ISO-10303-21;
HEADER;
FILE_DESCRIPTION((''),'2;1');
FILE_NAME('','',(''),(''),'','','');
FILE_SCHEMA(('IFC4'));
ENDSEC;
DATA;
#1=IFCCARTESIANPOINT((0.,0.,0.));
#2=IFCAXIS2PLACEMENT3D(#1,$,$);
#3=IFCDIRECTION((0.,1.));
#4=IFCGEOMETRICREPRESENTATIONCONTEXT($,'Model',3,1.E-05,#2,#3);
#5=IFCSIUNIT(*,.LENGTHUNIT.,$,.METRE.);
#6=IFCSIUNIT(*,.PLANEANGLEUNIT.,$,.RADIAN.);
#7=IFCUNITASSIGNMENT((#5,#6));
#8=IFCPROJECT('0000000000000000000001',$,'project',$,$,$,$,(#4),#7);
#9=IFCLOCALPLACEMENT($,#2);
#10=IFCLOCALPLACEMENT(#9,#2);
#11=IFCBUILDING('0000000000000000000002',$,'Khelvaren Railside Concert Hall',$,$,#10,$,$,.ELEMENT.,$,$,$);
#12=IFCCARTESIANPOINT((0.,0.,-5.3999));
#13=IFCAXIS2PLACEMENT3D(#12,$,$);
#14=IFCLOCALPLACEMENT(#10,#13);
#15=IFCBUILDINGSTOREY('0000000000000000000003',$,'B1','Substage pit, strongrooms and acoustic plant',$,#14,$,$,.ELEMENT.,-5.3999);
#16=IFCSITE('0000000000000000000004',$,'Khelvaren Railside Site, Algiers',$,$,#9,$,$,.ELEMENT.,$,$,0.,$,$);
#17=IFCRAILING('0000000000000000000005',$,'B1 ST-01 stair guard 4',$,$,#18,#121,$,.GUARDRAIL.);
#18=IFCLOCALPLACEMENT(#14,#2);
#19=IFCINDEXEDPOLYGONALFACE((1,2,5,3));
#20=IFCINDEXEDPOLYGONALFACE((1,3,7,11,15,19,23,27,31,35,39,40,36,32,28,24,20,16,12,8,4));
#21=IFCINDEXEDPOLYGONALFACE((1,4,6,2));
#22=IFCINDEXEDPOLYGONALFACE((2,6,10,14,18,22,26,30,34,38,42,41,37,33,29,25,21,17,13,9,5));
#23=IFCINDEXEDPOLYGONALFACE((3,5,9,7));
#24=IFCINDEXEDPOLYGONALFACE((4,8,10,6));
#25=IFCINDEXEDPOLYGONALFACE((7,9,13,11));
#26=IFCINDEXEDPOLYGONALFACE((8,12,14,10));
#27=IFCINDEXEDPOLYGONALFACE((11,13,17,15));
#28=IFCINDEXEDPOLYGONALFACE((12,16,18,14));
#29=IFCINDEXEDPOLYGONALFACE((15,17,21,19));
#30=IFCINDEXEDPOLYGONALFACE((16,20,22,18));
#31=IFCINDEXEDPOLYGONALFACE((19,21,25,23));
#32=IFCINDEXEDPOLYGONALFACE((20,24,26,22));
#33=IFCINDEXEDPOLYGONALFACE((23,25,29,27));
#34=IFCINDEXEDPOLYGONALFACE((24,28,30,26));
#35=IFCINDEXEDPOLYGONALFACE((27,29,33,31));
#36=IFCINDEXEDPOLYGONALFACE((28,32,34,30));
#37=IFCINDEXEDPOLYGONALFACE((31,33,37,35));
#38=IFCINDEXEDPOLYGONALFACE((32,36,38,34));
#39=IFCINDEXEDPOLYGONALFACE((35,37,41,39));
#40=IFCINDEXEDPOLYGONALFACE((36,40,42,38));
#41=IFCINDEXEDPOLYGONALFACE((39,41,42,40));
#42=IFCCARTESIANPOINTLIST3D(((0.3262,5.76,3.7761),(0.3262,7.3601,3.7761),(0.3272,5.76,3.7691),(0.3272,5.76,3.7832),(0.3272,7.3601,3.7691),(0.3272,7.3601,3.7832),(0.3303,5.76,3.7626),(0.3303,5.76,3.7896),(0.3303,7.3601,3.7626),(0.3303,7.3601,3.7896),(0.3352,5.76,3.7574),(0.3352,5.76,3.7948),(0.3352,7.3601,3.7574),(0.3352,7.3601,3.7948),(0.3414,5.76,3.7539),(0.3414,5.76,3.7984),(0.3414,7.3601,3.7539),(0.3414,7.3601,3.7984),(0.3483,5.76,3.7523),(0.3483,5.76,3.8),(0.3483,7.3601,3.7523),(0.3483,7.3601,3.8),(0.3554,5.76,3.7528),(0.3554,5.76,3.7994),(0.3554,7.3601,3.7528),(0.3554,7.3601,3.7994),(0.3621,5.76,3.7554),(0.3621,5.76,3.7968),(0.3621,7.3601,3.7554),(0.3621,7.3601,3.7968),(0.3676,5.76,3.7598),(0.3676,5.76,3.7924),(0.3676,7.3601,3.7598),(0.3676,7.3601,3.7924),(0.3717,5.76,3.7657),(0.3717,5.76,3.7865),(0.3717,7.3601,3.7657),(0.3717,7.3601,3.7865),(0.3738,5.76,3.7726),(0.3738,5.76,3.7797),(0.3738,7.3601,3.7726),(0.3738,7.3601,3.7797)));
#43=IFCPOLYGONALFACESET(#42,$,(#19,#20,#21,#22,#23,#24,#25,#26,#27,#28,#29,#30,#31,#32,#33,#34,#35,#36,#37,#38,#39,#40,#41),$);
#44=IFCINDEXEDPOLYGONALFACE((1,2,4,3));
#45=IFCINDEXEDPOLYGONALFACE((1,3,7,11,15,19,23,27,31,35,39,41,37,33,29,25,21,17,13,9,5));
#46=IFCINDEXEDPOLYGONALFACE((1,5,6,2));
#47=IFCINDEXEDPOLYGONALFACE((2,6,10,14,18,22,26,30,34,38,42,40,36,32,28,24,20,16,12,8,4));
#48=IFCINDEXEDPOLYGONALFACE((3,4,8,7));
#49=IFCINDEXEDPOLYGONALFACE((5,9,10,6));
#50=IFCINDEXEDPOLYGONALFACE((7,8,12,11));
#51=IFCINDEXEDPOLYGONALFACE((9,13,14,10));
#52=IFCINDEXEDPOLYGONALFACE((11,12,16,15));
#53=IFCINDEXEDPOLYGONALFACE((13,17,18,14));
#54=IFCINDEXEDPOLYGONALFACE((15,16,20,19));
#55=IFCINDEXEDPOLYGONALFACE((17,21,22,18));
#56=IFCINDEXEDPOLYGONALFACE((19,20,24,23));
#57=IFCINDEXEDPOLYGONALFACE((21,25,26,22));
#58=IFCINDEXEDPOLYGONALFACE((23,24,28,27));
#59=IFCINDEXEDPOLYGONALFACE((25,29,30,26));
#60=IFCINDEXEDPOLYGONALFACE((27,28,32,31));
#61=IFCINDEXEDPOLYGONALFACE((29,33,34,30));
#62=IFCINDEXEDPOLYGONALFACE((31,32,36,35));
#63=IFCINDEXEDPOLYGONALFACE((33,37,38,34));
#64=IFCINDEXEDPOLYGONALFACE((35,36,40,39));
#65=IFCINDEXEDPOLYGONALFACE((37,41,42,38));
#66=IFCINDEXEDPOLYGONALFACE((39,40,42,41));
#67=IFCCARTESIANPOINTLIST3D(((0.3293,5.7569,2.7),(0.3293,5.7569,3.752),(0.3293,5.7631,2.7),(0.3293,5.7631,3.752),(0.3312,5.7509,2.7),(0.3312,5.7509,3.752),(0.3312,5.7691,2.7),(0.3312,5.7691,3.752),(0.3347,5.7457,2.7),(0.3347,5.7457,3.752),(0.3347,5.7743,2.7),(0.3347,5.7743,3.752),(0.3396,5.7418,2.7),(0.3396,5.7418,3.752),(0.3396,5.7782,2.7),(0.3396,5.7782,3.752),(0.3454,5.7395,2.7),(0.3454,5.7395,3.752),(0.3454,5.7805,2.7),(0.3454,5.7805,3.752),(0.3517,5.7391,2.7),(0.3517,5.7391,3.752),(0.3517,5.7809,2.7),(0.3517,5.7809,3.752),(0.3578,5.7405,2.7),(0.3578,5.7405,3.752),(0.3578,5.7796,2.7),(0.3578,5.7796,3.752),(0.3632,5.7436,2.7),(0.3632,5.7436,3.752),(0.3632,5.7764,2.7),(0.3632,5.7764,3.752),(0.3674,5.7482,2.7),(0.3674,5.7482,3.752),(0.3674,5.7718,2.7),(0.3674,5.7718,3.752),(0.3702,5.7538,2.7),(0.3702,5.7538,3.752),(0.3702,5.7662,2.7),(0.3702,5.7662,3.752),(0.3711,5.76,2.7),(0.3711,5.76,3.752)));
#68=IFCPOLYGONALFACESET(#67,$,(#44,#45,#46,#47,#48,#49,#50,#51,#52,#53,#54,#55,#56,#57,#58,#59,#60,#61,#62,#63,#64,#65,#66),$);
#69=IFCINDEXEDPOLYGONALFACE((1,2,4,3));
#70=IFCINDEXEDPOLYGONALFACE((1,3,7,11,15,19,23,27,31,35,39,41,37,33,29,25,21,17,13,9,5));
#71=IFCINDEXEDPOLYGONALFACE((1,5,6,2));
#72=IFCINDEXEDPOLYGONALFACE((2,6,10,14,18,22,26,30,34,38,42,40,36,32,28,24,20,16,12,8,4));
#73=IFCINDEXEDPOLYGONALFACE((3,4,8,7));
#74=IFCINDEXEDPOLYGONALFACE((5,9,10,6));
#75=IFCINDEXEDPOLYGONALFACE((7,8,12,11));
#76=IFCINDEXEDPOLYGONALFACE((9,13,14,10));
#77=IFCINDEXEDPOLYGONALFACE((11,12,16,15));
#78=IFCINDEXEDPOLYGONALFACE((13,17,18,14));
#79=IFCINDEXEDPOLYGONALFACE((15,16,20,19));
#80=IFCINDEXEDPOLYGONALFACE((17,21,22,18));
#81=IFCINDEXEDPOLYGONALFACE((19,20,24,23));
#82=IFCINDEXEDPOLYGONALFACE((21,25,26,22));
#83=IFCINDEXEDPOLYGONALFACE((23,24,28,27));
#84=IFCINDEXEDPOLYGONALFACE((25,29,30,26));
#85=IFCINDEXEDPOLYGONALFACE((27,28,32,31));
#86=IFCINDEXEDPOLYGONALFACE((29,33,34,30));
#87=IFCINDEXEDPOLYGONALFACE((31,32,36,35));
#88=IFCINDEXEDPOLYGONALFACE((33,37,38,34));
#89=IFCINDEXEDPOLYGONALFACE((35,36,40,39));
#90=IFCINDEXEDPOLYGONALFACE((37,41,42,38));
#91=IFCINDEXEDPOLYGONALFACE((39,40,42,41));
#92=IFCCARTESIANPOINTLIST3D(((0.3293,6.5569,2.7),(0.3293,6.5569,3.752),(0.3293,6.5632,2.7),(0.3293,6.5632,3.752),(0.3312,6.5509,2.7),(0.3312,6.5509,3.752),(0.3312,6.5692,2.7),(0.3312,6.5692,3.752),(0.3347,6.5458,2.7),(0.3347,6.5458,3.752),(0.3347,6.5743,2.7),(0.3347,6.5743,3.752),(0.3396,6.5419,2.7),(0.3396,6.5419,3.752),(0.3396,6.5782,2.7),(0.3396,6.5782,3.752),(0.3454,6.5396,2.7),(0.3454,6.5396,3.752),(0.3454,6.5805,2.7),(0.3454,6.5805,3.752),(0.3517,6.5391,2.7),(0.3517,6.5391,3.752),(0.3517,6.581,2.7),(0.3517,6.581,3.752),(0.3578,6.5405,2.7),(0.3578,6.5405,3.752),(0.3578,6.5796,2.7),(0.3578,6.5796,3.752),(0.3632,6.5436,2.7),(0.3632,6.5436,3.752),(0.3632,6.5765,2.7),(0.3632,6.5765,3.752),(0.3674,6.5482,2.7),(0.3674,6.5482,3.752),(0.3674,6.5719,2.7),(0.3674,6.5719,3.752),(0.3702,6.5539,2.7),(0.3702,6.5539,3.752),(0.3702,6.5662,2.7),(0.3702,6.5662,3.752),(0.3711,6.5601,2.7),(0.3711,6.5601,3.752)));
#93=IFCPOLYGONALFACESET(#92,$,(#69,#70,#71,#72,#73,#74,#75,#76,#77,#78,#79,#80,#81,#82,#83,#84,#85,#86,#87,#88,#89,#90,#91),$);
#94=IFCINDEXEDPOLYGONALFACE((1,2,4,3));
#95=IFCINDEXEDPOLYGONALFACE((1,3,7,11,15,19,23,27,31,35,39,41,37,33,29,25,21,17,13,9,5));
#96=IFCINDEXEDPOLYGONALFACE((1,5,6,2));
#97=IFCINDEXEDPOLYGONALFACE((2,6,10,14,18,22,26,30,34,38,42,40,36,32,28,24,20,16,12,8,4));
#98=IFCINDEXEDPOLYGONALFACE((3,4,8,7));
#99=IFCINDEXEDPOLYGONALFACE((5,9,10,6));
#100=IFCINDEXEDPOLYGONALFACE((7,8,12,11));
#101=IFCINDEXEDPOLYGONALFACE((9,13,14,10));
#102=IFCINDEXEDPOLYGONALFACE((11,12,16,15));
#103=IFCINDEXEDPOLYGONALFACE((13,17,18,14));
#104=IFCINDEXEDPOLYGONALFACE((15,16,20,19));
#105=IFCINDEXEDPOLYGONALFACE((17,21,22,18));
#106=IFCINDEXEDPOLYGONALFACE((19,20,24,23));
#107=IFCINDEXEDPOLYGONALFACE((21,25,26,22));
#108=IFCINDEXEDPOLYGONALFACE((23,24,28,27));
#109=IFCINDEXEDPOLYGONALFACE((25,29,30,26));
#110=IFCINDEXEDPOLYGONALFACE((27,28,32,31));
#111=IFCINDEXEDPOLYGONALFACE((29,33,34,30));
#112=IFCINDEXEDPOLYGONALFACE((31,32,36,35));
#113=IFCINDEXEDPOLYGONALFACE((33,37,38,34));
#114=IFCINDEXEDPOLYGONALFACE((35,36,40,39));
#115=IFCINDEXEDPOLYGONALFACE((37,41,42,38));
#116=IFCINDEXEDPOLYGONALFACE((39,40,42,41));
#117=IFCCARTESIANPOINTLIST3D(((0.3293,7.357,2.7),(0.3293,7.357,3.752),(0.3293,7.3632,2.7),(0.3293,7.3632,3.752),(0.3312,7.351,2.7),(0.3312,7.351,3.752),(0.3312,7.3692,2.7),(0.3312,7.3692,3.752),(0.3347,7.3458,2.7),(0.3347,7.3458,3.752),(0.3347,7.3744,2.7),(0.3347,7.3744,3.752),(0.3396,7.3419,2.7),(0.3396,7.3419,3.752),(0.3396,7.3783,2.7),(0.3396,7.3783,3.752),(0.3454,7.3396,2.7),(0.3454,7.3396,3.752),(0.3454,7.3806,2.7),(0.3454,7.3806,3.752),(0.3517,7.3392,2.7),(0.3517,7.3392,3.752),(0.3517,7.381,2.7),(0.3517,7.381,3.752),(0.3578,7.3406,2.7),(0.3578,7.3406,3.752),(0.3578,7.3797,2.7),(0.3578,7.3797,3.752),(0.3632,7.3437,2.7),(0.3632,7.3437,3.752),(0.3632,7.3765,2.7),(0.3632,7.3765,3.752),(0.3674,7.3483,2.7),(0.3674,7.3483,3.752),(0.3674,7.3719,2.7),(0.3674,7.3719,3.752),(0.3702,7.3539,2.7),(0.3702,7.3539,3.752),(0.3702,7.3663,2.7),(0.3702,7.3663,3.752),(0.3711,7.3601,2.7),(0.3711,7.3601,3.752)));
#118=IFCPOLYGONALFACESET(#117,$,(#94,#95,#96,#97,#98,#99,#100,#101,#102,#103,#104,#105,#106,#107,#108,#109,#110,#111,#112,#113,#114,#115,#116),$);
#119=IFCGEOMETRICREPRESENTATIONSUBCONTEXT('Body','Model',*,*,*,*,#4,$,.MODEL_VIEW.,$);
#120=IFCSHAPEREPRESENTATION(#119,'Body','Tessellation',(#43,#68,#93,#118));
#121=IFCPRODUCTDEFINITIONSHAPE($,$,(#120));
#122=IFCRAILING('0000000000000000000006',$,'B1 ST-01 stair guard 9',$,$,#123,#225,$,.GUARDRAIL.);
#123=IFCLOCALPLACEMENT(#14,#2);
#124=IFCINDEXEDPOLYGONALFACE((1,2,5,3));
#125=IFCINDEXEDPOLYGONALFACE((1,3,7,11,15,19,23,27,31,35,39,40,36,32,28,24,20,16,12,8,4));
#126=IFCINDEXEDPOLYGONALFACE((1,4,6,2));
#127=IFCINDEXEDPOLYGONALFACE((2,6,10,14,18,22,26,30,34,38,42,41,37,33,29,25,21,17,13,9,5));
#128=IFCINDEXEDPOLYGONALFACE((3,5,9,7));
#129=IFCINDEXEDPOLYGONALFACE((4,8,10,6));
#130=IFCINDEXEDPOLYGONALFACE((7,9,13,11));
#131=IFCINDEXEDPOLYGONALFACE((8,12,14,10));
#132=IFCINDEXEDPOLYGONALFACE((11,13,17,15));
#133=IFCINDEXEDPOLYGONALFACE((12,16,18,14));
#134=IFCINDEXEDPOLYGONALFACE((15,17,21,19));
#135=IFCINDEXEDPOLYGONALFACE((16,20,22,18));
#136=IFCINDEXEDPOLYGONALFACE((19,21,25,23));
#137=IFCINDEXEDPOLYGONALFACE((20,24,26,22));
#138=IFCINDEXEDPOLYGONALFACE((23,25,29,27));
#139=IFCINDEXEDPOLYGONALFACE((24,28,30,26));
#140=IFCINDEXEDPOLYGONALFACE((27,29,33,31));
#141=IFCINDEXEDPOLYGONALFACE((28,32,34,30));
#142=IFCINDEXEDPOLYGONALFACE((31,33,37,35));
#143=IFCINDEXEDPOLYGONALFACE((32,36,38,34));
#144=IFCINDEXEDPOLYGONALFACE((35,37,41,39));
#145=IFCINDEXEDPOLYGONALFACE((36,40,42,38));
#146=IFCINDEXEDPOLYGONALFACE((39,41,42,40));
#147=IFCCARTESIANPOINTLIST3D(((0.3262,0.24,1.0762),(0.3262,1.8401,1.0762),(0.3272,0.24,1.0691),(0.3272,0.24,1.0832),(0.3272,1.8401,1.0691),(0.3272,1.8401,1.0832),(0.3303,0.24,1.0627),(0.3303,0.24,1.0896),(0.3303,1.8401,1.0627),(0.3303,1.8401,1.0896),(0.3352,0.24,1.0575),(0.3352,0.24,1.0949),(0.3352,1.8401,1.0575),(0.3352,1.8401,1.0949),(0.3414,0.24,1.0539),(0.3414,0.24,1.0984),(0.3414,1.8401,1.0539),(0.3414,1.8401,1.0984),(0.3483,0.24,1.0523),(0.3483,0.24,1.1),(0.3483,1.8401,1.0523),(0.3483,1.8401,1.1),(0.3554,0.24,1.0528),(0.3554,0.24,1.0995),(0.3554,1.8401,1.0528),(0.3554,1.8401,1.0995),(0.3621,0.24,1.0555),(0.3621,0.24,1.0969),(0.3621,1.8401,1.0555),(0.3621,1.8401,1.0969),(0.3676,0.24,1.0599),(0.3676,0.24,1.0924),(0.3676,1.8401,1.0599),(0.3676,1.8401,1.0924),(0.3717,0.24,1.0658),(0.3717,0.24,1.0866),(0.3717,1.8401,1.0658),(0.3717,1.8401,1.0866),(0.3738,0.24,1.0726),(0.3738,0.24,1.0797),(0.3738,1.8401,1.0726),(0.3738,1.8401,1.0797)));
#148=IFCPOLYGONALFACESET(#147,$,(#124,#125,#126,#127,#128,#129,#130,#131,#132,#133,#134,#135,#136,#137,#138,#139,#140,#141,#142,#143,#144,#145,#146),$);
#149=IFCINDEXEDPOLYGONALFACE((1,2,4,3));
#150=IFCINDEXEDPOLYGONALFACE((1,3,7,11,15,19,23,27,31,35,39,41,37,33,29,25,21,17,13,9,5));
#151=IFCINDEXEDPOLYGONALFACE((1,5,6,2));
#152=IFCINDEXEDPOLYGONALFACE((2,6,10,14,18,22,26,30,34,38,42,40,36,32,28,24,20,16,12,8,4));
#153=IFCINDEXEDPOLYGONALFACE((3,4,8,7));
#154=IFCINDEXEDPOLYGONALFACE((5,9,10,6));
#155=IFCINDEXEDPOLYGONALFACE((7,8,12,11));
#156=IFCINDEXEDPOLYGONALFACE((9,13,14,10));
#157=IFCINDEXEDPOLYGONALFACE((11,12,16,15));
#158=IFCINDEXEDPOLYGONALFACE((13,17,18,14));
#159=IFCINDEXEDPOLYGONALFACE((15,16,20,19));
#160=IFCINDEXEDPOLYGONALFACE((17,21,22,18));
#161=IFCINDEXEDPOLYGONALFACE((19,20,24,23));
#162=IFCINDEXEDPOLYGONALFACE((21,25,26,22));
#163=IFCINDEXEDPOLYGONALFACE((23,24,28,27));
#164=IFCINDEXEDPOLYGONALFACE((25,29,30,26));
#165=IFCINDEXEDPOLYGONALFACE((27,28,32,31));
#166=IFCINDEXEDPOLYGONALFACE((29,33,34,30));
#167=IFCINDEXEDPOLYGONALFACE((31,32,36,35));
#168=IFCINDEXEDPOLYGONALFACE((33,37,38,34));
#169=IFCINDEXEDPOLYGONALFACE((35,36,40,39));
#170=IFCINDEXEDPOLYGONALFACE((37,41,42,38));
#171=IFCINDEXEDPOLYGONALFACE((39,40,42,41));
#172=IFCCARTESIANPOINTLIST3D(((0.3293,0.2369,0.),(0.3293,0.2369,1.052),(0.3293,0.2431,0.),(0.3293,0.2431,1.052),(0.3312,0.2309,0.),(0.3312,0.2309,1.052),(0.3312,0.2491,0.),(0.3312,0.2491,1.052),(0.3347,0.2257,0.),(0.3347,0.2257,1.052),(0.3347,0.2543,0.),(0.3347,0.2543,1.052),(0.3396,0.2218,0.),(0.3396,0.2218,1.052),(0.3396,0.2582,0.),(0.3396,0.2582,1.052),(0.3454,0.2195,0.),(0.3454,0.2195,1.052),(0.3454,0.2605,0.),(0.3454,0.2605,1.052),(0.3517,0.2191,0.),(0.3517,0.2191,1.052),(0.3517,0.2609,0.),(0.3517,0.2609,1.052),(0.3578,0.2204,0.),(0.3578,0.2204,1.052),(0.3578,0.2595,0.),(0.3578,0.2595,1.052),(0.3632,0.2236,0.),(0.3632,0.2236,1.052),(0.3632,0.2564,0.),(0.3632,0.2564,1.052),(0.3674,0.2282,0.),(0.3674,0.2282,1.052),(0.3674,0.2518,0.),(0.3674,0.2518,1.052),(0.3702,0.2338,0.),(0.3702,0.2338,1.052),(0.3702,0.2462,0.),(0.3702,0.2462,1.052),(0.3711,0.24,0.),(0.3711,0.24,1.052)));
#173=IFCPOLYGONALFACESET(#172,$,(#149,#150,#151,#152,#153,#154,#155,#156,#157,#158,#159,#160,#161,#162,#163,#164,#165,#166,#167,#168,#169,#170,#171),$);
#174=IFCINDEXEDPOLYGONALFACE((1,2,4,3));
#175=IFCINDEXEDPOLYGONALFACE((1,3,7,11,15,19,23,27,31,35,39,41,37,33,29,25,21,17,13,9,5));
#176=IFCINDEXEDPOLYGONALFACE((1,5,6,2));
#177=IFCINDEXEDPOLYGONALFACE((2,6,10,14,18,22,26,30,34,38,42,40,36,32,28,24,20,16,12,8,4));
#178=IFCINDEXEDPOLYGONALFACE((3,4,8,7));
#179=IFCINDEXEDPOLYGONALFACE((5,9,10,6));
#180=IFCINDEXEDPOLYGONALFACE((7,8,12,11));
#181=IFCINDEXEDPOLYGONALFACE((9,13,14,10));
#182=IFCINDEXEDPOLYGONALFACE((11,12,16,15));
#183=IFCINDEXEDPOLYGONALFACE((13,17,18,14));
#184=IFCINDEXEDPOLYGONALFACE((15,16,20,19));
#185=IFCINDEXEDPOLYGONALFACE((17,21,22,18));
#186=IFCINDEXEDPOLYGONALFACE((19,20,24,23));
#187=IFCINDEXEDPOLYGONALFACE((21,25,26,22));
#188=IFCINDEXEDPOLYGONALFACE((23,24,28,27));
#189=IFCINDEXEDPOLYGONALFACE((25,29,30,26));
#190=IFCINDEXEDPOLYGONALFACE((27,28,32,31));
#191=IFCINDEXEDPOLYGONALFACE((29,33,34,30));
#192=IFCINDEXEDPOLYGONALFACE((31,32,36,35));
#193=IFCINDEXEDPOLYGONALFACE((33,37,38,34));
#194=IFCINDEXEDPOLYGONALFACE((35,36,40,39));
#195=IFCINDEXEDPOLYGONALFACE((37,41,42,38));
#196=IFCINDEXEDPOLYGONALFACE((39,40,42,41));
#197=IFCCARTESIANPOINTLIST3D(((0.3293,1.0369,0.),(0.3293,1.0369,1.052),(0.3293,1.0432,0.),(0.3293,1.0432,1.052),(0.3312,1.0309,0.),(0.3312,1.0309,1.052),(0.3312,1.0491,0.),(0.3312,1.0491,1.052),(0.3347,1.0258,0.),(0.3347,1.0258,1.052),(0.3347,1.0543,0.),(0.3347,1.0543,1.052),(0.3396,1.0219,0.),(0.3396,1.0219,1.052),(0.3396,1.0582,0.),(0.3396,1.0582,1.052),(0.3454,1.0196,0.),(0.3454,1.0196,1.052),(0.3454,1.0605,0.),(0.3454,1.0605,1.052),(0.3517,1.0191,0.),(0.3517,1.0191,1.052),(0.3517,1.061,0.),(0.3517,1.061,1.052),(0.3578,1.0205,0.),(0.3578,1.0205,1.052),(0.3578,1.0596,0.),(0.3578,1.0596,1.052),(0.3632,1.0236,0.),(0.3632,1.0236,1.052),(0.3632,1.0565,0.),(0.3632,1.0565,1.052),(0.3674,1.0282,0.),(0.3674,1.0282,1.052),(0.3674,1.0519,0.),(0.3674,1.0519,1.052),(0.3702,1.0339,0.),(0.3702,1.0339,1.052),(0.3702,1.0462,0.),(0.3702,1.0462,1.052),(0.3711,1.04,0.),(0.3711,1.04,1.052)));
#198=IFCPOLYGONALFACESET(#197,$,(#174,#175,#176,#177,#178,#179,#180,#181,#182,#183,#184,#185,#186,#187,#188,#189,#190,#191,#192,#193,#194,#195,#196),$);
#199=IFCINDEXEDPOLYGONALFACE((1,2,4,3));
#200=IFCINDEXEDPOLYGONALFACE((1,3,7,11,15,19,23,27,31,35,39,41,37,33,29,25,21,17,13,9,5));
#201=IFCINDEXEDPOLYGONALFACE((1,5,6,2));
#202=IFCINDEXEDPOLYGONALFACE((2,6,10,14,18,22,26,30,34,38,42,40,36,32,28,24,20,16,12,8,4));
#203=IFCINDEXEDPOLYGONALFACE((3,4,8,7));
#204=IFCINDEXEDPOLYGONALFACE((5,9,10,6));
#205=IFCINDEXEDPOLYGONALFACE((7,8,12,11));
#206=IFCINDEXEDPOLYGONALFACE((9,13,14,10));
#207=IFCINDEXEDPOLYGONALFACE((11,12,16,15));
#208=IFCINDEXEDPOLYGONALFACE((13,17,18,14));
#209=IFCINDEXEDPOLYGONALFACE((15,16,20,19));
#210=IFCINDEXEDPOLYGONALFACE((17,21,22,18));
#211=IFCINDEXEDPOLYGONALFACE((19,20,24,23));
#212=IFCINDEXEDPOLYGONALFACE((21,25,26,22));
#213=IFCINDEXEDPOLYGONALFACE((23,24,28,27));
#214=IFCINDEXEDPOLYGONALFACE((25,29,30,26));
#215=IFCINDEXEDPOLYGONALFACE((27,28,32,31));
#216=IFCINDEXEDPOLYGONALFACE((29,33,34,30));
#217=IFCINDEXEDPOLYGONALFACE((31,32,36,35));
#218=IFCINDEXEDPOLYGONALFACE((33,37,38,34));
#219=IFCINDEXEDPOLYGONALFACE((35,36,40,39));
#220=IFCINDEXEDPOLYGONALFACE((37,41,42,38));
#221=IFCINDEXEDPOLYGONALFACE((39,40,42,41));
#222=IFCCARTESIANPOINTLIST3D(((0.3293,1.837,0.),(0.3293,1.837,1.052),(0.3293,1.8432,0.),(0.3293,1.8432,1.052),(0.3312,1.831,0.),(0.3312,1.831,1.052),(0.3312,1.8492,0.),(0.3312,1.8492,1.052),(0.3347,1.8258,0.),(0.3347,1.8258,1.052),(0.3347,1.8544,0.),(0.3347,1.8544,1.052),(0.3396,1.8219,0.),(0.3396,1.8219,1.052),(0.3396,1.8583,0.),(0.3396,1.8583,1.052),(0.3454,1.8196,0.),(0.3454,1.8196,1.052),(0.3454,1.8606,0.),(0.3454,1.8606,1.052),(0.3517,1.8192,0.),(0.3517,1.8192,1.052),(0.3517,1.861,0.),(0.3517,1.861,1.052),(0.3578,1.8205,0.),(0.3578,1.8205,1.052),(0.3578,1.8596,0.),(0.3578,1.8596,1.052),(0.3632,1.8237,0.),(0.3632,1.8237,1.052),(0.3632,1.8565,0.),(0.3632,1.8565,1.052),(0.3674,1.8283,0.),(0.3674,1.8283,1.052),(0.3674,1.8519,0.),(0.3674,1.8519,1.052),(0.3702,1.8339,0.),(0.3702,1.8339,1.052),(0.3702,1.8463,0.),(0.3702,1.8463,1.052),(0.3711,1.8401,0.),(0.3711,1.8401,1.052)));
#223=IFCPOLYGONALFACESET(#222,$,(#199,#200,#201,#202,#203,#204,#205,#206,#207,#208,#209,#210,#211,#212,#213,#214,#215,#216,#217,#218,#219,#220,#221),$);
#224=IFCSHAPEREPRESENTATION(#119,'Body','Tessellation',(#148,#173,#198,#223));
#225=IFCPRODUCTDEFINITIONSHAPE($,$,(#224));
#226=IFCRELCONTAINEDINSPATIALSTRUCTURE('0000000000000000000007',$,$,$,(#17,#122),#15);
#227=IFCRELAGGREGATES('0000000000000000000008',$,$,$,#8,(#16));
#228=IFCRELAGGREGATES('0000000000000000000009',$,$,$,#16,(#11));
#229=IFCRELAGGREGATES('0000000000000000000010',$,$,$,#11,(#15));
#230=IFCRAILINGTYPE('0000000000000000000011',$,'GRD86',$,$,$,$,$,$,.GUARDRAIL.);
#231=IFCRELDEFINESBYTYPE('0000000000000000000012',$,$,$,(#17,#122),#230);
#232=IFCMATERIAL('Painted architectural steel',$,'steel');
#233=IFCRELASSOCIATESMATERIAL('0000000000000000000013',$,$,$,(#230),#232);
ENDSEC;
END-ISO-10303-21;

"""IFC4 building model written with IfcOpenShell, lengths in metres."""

from ifc_helpers import new_model, si_unit, direction, frame, origin, origin_2d, place, context, subcontext, project, spatial, circle, extrude, material, type_object, element, save


model = new_model("IFC4")

# Units and contexts
model_context = context("Model", 3, precision=1e-05, world=origin(), true_north=direction((0.0, 1.0)))
body_context = subcontext(model_context, "Body", "Model", "MODEL_VIEW")
ifc_project = project(units=[si_unit("LENGTHUNIT", "METRE"), si_unit("PLANEANGLEUNIT", "RADIAN")], contexts=[model_context])

# Site, building, storey
site_placement = place(None, origin())
site = spatial("IfcSite", under=ifc_project, at=site_placement, Name="Khelvaren Railside Site, Algiers", CompositionType="ELEMENT", RefElevation=0.0)
building_placement = place(site_placement, origin())
building = spatial("IfcBuilding", under=site, at=building_placement, Name="Khelvaren Railside Concert Hall", CompositionType="ELEMENT")
storey_placement = place(building_placement, frame((0.0, 0.0, -5.3999)))
storey = spatial("IfcBuildingStorey", under=building, at=storey_placement, Name="B1", Description="Substage pit, strongrooms and acoustic plant", CompositionType="ELEMENT", Elevation=-5.3999)

# Railings
ifc_material_1 = material(Name="Painted architectural steel", Category="steel")
railing_type_1 = type_object("IfcRailingType", Name="GRD86", PredefinedType="GUARDRAIL", material=ifc_material_1)
for number, where, name in (
    (1, (0.3501, 5.76, 2.7), "B1 ST-01 stair guard 4"),
    (2, (0.3501, 0.24, 0.0), "B1 ST-01 stair guard 9"),
):
    element("IfcRailing", number, at=place(storey_placement, frame(where)), inside=storey, type_object=railing_type_1, Name=name, PredefinedType="GUARDRAIL", context=body_context, shape_type="SweptSolid", body=[
        extrude(circle(Radius=0.0239, at=origin_2d()), frame((0.0, 0.0, 1.0762), z_axis=(0.0, 1.0, 0.0), x_axis=(-1.0, 0.0, 0.0)), (0.0, 0.0, 1.0), 1.6001),
        extrude(circle(Radius=0.021, at=origin_2d()), origin(), (0.0, 0.0, 1.0), 1.052),
        extrude(circle(Radius=0.021, at=origin_2d()), frame((0.0, 0.8, 0.0)), (0.0, 0.0, 1.0), 1.052),
        extrude(circle(Radius=0.021, at=origin_2d()), frame((0.0, 1.6001, 0.0)), (0.0, 0.0, 1.0), 1.052),
    ])

save(model, "model.ifc")
